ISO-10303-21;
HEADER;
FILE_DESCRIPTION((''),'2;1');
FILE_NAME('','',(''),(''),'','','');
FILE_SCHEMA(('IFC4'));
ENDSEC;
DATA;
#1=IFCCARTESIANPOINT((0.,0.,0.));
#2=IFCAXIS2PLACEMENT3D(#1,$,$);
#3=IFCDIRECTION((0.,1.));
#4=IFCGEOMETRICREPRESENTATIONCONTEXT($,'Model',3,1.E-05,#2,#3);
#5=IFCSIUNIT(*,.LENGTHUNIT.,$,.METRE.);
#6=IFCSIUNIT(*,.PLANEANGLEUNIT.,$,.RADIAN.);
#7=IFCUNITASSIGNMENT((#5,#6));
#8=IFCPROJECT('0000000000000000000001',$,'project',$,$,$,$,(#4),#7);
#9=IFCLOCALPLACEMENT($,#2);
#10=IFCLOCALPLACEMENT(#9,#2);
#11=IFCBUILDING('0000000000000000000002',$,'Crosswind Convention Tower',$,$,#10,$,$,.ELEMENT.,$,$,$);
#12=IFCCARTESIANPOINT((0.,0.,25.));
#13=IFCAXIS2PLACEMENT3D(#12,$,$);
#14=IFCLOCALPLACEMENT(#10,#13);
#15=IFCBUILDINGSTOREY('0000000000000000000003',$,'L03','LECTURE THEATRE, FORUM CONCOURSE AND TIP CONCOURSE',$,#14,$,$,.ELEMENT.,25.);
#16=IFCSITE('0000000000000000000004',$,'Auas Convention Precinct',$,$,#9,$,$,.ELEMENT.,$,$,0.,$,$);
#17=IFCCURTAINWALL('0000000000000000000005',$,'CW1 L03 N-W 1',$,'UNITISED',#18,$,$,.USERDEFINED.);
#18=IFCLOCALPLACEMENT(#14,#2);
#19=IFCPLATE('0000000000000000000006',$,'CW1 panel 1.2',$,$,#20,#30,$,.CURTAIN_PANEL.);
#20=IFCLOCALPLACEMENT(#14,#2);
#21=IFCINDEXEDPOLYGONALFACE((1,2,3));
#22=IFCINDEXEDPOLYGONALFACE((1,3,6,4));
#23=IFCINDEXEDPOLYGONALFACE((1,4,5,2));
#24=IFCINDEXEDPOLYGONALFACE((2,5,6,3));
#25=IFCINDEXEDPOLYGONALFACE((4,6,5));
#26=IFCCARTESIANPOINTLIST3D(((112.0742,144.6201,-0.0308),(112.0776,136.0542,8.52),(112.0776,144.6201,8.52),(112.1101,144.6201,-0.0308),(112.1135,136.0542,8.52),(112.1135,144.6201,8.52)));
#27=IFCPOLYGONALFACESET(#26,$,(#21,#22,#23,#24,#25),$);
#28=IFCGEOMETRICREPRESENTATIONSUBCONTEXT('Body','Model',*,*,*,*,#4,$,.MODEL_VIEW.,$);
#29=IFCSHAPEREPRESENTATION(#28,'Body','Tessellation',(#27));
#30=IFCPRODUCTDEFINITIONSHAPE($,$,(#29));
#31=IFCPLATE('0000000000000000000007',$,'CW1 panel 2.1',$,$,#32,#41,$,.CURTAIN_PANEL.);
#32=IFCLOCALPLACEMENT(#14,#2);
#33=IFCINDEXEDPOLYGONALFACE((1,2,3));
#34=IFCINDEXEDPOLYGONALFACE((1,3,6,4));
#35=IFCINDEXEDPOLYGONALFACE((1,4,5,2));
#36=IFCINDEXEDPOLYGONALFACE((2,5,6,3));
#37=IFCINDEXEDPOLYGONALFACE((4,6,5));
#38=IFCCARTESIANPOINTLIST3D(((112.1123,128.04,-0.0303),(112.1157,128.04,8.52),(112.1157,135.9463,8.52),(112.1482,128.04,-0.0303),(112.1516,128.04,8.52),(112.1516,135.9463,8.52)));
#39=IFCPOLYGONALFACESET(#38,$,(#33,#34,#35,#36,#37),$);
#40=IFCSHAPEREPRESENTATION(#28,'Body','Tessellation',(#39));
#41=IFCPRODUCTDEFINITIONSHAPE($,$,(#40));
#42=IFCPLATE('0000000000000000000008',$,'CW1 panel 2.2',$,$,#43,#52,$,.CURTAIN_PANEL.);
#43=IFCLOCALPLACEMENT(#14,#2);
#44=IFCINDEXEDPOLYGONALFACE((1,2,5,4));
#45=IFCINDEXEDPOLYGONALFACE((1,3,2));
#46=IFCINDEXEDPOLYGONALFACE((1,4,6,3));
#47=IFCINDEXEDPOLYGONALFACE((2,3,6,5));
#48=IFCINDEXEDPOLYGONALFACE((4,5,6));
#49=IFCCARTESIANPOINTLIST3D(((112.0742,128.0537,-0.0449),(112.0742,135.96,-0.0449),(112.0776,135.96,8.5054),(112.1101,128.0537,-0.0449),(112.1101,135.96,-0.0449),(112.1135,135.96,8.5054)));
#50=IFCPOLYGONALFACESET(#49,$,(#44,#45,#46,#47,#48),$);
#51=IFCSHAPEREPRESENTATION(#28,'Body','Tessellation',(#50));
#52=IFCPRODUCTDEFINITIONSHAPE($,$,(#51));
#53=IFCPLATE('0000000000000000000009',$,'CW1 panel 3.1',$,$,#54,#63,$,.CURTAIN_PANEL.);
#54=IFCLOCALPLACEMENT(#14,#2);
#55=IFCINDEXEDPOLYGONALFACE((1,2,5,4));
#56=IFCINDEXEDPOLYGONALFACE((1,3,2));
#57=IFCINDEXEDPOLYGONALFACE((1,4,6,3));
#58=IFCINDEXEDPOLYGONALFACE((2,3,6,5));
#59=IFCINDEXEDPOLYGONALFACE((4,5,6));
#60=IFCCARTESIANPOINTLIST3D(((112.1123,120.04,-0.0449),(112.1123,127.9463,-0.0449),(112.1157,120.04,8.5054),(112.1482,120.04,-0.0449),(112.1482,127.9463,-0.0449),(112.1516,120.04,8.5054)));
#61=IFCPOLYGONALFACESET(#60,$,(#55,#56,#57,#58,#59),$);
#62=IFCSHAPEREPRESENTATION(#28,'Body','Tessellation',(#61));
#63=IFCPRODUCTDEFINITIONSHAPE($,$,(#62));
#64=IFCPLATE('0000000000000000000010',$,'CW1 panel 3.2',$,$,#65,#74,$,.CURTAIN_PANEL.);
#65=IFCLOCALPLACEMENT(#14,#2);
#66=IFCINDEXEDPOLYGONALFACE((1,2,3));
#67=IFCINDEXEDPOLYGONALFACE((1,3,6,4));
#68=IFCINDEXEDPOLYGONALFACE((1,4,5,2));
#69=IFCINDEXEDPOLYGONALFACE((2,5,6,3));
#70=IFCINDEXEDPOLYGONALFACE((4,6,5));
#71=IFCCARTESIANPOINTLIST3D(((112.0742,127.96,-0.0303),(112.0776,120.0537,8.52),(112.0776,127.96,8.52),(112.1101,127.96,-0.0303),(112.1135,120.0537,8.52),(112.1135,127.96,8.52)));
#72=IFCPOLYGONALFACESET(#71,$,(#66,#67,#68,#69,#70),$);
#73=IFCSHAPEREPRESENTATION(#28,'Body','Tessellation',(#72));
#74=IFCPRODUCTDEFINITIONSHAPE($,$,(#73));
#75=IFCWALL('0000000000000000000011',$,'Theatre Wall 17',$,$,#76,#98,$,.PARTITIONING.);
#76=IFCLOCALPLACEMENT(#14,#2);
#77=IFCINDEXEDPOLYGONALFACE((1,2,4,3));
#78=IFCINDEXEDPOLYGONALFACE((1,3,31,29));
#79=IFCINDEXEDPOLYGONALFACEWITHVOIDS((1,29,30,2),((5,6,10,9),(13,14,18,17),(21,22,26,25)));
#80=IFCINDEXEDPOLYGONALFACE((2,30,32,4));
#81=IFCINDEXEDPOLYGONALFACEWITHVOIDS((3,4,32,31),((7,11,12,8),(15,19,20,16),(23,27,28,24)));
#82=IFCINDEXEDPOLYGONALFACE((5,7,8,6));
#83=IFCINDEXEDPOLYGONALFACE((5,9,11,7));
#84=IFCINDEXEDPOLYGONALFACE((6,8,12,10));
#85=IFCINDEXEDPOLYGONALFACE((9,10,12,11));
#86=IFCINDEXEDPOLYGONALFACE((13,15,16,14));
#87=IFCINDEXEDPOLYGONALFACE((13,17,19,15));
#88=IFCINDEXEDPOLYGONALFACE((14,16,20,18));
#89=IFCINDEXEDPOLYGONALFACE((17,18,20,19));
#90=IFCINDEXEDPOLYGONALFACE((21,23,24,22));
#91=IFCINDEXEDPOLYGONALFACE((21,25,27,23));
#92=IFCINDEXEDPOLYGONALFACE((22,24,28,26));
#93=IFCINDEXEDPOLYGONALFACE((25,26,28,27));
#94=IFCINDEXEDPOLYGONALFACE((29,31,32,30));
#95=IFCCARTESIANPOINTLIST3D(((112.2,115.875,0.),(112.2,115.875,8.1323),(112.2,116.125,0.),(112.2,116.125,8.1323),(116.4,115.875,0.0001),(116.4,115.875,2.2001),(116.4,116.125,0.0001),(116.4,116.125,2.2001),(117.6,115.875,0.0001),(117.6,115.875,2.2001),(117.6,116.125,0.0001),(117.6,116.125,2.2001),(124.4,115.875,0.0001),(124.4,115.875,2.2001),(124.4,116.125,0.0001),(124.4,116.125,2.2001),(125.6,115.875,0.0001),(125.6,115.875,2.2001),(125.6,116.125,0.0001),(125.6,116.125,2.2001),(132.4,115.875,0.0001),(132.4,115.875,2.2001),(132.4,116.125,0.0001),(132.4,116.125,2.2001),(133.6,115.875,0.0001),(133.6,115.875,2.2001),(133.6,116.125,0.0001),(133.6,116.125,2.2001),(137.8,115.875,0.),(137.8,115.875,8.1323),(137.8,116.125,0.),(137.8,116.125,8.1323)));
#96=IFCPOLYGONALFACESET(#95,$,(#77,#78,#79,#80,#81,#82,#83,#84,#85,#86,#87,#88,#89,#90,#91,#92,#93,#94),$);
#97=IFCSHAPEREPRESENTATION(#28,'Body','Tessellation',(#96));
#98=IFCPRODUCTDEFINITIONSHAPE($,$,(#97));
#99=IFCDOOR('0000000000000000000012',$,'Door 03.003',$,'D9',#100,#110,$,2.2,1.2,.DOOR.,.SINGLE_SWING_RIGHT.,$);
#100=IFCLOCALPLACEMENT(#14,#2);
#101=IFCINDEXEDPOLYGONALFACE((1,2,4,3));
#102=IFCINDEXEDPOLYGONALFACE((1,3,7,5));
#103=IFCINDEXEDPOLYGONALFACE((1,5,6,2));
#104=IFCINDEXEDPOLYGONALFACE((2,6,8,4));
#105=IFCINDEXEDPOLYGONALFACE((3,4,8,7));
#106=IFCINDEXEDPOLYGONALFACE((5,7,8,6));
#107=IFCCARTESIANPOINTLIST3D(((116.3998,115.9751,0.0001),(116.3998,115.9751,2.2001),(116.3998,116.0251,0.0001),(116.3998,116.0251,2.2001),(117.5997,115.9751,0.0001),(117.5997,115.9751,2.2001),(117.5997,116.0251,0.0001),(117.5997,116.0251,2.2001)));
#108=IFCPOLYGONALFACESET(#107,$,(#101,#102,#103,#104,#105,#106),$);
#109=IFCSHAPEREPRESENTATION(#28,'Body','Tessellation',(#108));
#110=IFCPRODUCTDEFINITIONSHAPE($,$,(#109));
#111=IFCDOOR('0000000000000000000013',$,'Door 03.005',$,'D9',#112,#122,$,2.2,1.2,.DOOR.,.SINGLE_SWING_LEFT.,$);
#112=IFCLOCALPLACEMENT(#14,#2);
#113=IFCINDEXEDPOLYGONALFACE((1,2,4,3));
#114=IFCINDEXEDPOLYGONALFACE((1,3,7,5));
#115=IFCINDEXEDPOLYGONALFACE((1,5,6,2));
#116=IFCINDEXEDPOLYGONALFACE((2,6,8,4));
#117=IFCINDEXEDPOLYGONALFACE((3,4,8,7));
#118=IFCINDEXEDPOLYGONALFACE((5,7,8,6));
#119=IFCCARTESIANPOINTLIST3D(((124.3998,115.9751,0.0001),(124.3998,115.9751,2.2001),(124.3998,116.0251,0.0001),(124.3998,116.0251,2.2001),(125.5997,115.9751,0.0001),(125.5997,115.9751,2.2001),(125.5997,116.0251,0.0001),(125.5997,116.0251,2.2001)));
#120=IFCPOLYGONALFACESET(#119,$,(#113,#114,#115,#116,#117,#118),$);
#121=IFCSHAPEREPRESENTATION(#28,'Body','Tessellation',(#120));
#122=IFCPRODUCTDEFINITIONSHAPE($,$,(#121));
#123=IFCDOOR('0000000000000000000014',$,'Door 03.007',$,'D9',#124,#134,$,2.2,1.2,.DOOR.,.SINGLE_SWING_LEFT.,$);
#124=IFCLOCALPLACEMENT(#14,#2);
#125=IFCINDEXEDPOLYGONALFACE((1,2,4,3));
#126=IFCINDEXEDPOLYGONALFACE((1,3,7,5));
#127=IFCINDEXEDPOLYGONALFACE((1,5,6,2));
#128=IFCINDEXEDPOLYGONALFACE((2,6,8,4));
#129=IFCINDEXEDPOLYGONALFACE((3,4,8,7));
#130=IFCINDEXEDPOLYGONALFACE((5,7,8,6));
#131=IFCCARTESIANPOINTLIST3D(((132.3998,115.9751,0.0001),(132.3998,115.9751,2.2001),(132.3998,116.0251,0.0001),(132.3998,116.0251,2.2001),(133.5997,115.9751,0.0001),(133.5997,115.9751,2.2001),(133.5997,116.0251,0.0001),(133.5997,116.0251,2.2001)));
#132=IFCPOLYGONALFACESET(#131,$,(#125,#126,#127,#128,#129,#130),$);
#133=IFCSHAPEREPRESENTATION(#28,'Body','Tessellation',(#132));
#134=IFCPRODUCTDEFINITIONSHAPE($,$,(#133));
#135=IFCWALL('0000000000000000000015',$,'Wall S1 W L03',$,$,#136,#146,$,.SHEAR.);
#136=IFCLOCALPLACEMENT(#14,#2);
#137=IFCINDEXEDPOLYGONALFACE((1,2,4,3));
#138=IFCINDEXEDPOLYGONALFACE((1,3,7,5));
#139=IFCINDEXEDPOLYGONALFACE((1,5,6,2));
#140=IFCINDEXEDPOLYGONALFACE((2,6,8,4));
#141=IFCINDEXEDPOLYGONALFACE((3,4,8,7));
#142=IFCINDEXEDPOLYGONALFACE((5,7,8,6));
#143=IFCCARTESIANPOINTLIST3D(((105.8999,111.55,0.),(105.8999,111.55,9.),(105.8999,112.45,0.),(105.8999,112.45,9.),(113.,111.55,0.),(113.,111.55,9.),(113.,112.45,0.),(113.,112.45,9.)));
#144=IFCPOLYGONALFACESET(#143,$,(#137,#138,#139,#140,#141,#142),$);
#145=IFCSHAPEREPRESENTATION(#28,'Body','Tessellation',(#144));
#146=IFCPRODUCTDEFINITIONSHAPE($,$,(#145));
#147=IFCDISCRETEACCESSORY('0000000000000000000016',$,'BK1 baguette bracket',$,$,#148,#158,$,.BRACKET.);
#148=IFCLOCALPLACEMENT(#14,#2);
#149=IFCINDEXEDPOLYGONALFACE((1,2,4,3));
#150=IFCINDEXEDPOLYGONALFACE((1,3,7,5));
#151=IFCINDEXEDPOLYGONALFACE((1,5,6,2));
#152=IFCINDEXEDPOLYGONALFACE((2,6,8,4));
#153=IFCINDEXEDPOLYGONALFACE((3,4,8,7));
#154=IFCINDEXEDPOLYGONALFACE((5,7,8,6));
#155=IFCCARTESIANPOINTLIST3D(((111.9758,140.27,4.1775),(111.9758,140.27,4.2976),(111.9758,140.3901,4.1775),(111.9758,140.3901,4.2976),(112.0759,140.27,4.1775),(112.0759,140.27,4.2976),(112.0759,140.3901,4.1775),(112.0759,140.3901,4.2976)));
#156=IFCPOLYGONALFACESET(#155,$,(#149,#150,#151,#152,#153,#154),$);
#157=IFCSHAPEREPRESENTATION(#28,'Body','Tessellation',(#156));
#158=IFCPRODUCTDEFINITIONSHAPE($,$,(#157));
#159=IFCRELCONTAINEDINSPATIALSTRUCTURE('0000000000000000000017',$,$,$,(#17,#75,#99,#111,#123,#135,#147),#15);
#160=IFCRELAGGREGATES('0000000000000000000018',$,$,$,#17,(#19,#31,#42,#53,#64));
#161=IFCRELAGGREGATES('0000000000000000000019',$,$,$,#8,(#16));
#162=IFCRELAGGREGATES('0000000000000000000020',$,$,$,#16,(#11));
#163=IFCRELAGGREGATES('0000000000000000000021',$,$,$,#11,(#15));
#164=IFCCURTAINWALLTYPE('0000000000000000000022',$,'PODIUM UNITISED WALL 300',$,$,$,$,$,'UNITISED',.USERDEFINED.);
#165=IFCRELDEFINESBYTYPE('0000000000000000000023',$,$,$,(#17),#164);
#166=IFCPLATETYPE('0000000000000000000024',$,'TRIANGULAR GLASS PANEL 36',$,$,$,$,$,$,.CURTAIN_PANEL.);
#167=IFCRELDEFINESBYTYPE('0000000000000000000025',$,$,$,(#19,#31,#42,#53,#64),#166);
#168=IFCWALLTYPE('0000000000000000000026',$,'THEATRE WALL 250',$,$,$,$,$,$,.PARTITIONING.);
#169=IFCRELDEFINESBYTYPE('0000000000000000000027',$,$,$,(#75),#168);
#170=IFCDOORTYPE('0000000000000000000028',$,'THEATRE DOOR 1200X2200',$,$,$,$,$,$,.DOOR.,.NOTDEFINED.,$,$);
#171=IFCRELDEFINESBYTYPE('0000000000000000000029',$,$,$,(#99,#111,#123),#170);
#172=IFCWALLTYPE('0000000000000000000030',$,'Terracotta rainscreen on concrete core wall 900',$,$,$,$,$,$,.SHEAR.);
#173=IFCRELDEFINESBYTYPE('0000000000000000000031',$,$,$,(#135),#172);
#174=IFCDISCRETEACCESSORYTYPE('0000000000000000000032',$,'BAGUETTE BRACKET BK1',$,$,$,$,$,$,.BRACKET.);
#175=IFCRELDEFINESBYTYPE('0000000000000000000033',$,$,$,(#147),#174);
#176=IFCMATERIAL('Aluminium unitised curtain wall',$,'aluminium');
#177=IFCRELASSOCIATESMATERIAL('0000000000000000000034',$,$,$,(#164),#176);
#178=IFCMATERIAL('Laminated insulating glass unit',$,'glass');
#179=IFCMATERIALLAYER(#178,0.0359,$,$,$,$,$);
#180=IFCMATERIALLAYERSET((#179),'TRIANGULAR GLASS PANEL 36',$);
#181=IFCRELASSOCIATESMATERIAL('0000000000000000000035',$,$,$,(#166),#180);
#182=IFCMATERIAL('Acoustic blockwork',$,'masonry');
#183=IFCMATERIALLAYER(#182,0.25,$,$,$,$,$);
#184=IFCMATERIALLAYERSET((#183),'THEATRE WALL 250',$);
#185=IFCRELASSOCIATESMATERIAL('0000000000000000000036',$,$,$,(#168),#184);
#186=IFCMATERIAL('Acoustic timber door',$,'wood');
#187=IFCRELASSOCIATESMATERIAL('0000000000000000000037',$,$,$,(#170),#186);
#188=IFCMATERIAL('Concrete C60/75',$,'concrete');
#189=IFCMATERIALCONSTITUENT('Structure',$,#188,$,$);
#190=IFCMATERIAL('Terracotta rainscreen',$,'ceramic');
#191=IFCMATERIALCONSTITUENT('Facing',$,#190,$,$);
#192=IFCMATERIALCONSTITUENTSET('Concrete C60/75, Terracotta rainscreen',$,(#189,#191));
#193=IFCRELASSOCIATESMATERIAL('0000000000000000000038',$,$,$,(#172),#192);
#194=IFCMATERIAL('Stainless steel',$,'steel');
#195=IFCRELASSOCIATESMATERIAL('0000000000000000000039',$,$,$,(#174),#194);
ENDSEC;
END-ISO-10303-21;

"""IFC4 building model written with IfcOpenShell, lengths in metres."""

from ifc_helpers import new_model, si_unit, direction, frame, frame_2d, origin, origin_2d, place, context, subcontext, project, spatial, polyline, rectangle, outline, extrude, material, layer, layer_set, constituent, constituent_set, type_object, element, fill, aggregate, save


model = new_model("IFC4")

# Units and contexts
model_context = context("Model", 3, precision=1e-05, world=origin(), true_north=direction((0.0, 1.0)))
body_context = subcontext(model_context, "Body", "Model", "MODEL_VIEW")
ifc_project = project(units=[si_unit("LENGTHUNIT", "METRE"), si_unit("PLANEANGLEUNIT", "RADIAN")], contexts=[model_context])

# Site, building, storey
site_placement = place(None, origin())
site = spatial("IfcSite", under=ifc_project, at=site_placement, Name="Auas Convention Precinct", CompositionType="ELEMENT", RefElevation=0.0)
building_placement = place(site_placement, origin())
building = spatial("IfcBuilding", under=site, at=building_placement, Name="Crosswind Convention Tower", CompositionType="ELEMENT")
storey_placement = place(building_placement, frame((0.0, 0.0, 25.0)))
storey = spatial("IfcBuildingStorey", under=building, at=storey_placement, Name="L03", Description="LECTURE THEATRE, FORUM CONCOURSE AND TIP CONCOURSE", CompositionType="ELEMENT", Elevation=25.0)

# Curtain wall
ifc_material_1 = material(Name="Aluminium unitised curtain wall", Category="aluminium")
curtain_wall_type_1 = type_object("IfcCurtainWallType", Name="PODIUM UNITISED WALL 300", ElementType="UNITISED", PredefinedType="USERDEFINED", material=ifc_material_1)
curtain_wall_1_placement = place(storey_placement, origin())
curtain_wall_1 = element("IfcCurtainWall", 1, at=curtain_wall_1_placement, inside=storey, type_object=curtain_wall_type_1, Name="CW1 L03 N-W 1", ObjectType="UNITISED", PredefinedType="USERDEFINED")

# Plates
ifc_material_2 = material(Name="Laminated insulating glass unit", Category="glass")
ifc_layer_1 = layer(ifc_material_2, 0.0359)
ifc_layer_set_1 = layer_set([ifc_layer_1], Name="TRIANGULAR GLASS PANEL 36")
plate_type_1 = type_object("IfcPlateType", Name="TRIANGULAR GLASS PANEL 36", PredefinedType="CURTAIN_PANEL", material=ifc_layer_set_1)
plate_1_placement = place(storey_placement, frame((112.0776, 144.6201, 8.52), z_axis=(-1.0, 0.0, 0.0004), x_axis=(-0.0004, 0.0, -1.0)))
plate_1 = element("IfcPlate", 2, at=plate_1_placement, type_object=plate_type_1, Name="CW1 panel 1.2", PredefinedType="CURTAIN_PANEL", context=body_context, shape_type="SweptSolid", body=[
    extrude(outline(polyline([(0.0, 0.0), (8.5508, 0.0), (0.0, 8.5659), (0.0, 0.0)])), origin(), (0.0, 0.0, -1.0), 0.0359),
])
plate_2_placement = place(storey_placement, frame((112.1157, 128.04, 8.52), z_axis=(-1.0, 0.0, 0.0004), x_axis=(0.0, 1.0, 0.0)))
plate_2 = element("IfcPlate", 3, at=plate_2_placement, type_object=plate_type_1, Name="CW1 panel 2.1", PredefinedType="CURTAIN_PANEL", context=body_context, shape_type="SweptSolid", body=[
    extrude(outline(polyline([(0.0, 0.0), (7.9062, 0.0), (0.0, 8.5503), (0.0, 0.0)])), origin(), (0.0, 0.0, -1.0), 0.0359),
])
plate_3_placement = place(storey_placement, frame((112.0742, 135.96, -0.0449), z_axis=(-1.0, 0.0, 0.0004), x_axis=(0.0, -1.0, 0.0)))
plate_3 = element("IfcPlate", 4, at=plate_3_placement, type_object=plate_type_1, Name="CW1 panel 2.2", PredefinedType="CURTAIN_PANEL", context=body_context, shape_type="SweptSolid", body=[
    extrude(outline(polyline([(0.0, 0.0), (7.9062, 0.0), (0.0, 8.5503), (0.0, 0.0)])), origin(), (0.0, 0.0, -1.0), 0.0359),
])
plate_4_placement = place(storey_placement, frame((112.1123, 120.04, -0.0449), z_axis=(-1.0, 0.0, 0.0004), x_axis=(0.0004, 0.0, 1.0)))
plate_4 = element("IfcPlate", 5, at=plate_4_placement, type_object=plate_type_1, Name="CW1 panel 3.1", PredefinedType="CURTAIN_PANEL", context=body_context, shape_type="SweptSolid", body=[
    extrude(outline(polyline([(0.0, 0.0), (8.5503, 0.0), (0.0, 7.9062), (0.0, 0.0)])), origin(), (0.0, 0.0, -1.0), 0.0359),
])
plate_5_placement = place(storey_placement, frame((112.0776, 127.96, 8.52), z_axis=(-1.0, 0.0, 0.0004), x_axis=(-0.0004, 0.0, -1.0)))
plate_5 = element("IfcPlate", 6, at=plate_5_placement, type_object=plate_type_1, Name="CW1 panel 3.2", PredefinedType="CURTAIN_PANEL", context=body_context, shape_type="SweptSolid", body=[
    extrude(outline(polyline([(0.0, 0.0), (8.5503, 0.0), (0.0, 7.9062), (0.0, 0.0)])), origin(), (0.0, 0.0, -1.0), 0.0359),
])
aggregate(curtain_wall_1, [plate_1, plate_2, plate_3, plate_4, plate_5])

# Wall, openings, doors
ifc_material_3 = material(Name="Acoustic blockwork", Category="masonry")
ifc_layer_2 = layer(ifc_material_3, 0.25)
ifc_layer_set_2 = layer_set([ifc_layer_2], Name="THEATRE WALL 250")
wall_type_1 = type_object("IfcWallType", Name="THEATRE WALL 250", PredefinedType="PARTITIONING", material=ifc_layer_set_2)
wall_1_placement = place(storey_placement, frame((112.2, 116.0, 0.0), z_axis=(0.0, 0.0, 1.0), x_axis=(1.0, 0.0, 0.0)))
wall_1 = element("IfcWall", 7, at=wall_1_placement, inside=storey, type_object=wall_type_1, Name="Theatre Wall 17", PredefinedType="PARTITIONING", context=body_context, shape_type="SweptSolid", body=[
    extrude(rectangle(XDim=25.6001, YDim=0.25, at=frame_2d((12.8, 0.0))), origin(), (0.0, 0.0, 1.0), 8.1323),
])
opening_1_placement = place(wall_1_placement, frame((4.2, 0.0, 0.0)))
opening_1 = element("IfcOpeningElement", 8, at=opening_1_placement, cuts=wall_1, PredefinedType="OPENING", context=body_context, shape_type="SweptSolid", body=[
    extrude(rectangle(XDim=1.2, YDim=2.2, at=frame_2d((0.6001, 1.1001))), frame((0.0, 0.135, 0.0), z_axis=(0.0, -1.0, 0.0), x_axis=(1.0, 0.0, 0.0)), (0.0, 0.0, 1.0), 0.27),
])
opening_2_placement = place(wall_1_placement, frame((12.2, 0.0, 0.0)))
opening_2 = element("IfcOpeningElement", 9, at=opening_2_placement, cuts=wall_1, PredefinedType="OPENING", context=body_context, shape_type="SweptSolid", body=[
    extrude(rectangle(XDim=1.2, YDim=2.2, at=frame_2d((0.6001, 1.1001))), frame((0.0, 0.135, 0.0), z_axis=(0.0, -1.0, 0.0), x_axis=(1.0, 0.0, 0.0)), (0.0, 0.0, 1.0), 0.27),
])
opening_3_placement = place(wall_1_placement, frame((20.2, 0.0, 0.0)))
opening_3 = element("IfcOpeningElement", 10, at=opening_3_placement, cuts=wall_1, PredefinedType="OPENING", context=body_context, shape_type="SweptSolid", body=[
    extrude(rectangle(XDim=1.2, YDim=2.2, at=frame_2d((0.6001, 1.1001))), frame((0.0, 0.135, 0.0), z_axis=(0.0, -1.0, 0.0), x_axis=(1.0, 0.0, 0.0)), (0.0, 0.0, 1.0), 0.27),
])
ifc_material_4 = material(Name="Acoustic timber door", Category="wood")
door_type = type_object("IfcDoorType", Name="THEATRE DOOR 1200X2200", OperationType="NOTDEFINED", PredefinedType="DOOR", material=ifc_material_4)
door_1_placement = place(opening_1_placement, frame((1.2, 0.0, 0.0), z_axis=(0.0, 0.0, 1.0), x_axis=(-1.0, 0.0, 0.0)))
door_1 = element("IfcDoor", 11, at=door_1_placement, inside=storey, type_object=door_type, Name="Door 03.003", ObjectType="D9", OperationType="SINGLE_SWING_RIGHT", OverallHeight=2.2, OverallWidth=1.2, PredefinedType="DOOR", context=body_context, shape_type="SweptSolid", body=[
    extrude(rectangle(XDim=1.2, YDim=2.2, at=frame_2d((0.6001, 1.1001))), frame((0.0, 0.0249, 0.0), z_axis=(0.0, -1.0, 0.0), x_axis=(1.0, 0.0, 0.0)), (0.0, 0.0, 1.0), 0.05),
])
fill(opening_1, door_1)
door_2_placement = place(opening_2_placement, frame((1.2, 0.0, 0.0), z_axis=(0.0, 0.0, 1.0), x_axis=(-1.0, 0.0, 0.0)))
door_2 = element("IfcDoor", 12, at=door_2_placement, inside=storey, type_object=door_type, Name="Door 03.005", ObjectType="D9", OperationType="SINGLE_SWING_LEFT", OverallHeight=2.2, OverallWidth=1.2, PredefinedType="DOOR", context=body_context, shape_type="SweptSolid", body=[
    extrude(rectangle(XDim=1.2, YDim=2.2, at=frame_2d((0.6001, 1.1001))), frame((0.0, 0.0249, 0.0), z_axis=(0.0, -1.0, 0.0), x_axis=(1.0, 0.0, 0.0)), (0.0, 0.0, 1.0), 0.05),
])
fill(opening_2, door_2)
door_3_placement = place(opening_3_placement, frame((1.2, 0.0, 0.0), z_axis=(0.0, 0.0, 1.0), x_axis=(-1.0, 0.0, 0.0)))
door_3 = element("IfcDoor", 13, at=door_3_placement, inside=storey, type_object=door_type, Name="Door 03.007", ObjectType="D9", OperationType="SINGLE_SWING_LEFT", OverallHeight=2.2, OverallWidth=1.2, PredefinedType="DOOR", context=body_context, shape_type="SweptSolid", body=[
    extrude(rectangle(XDim=1.2, YDim=2.2, at=frame_2d((0.6001, 1.1001))), frame((0.0, 0.0249, 0.0), z_axis=(0.0, -1.0, 0.0), x_axis=(1.0, 0.0, 0.0)), (0.0, 0.0, 1.0), 0.05),
])
fill(opening_3, door_3)

# Wall
ifc_material_5 = material(Name="Concrete C60/75", Category="concrete")
ifc_constituent_1 = constituent(ifc_material_5, Name="Structure")
ifc_material_6 = material(Name="Terracotta rainscreen", Category="ceramic")
ifc_constituent_2 = constituent(ifc_material_6, Name="Facing")
ifc_constituent_set = constituent_set(constituents=[ifc_constituent_1, ifc_constituent_2], Name="Concrete C60/75, Terracotta rainscreen")
wall_type_2 = type_object("IfcWallType", Name="Terracotta rainscreen on concrete core wall 900", PredefinedType="SHEAR", material=ifc_constituent_set)
wall_2_placement = place(storey_placement, frame((113.0, 112.0, 0.0), z_axis=(0.0, 0.0, 1.0), x_axis=(-1.0, 0.0, 0.0)))
element("IfcWall", 14, at=wall_2_placement, inside=storey, type_object=wall_type_2, Name="Wall S1 W L03", PredefinedType="SHEAR", context=body_context, shape_type="SweptSolid", body=[
    extrude(rectangle(XDim=7.1001, YDim=0.8999, at=frame_2d((3.55, 0.0))), origin(), (0.0, 0.0, 1.0), 9.0),
])

# Discrete accessory
ifc_material_7 = material(Name="Stainless steel", Category="steel")
discrete_accessory_type = type_object("IfcDiscreteAccessoryType", Name="BAGUETTE BRACKET BK1", PredefinedType="BRACKET", material=ifc_material_7)
discrete_accessory_placement = place(storey_placement, frame((112.0259, 140.3301, 4.1775), z_axis=(0.0, 0.0, 1.0), x_axis=(0.0, -1.0, 0.0)))
element("IfcDiscreteAccessory", 15, at=discrete_accessory_placement, inside=storey, type_object=discrete_accessory_type, Name="BK1 baguette bracket", PredefinedType="BRACKET", context=body_context, shape_type="SweptSolid", body=[
    extrude(rectangle(XDim=0.1201, YDim=0.1001, at=origin_2d()), origin(), (0.0, 0.0, 1.0), 0.1201),
])

save(model, "model.ifc")
